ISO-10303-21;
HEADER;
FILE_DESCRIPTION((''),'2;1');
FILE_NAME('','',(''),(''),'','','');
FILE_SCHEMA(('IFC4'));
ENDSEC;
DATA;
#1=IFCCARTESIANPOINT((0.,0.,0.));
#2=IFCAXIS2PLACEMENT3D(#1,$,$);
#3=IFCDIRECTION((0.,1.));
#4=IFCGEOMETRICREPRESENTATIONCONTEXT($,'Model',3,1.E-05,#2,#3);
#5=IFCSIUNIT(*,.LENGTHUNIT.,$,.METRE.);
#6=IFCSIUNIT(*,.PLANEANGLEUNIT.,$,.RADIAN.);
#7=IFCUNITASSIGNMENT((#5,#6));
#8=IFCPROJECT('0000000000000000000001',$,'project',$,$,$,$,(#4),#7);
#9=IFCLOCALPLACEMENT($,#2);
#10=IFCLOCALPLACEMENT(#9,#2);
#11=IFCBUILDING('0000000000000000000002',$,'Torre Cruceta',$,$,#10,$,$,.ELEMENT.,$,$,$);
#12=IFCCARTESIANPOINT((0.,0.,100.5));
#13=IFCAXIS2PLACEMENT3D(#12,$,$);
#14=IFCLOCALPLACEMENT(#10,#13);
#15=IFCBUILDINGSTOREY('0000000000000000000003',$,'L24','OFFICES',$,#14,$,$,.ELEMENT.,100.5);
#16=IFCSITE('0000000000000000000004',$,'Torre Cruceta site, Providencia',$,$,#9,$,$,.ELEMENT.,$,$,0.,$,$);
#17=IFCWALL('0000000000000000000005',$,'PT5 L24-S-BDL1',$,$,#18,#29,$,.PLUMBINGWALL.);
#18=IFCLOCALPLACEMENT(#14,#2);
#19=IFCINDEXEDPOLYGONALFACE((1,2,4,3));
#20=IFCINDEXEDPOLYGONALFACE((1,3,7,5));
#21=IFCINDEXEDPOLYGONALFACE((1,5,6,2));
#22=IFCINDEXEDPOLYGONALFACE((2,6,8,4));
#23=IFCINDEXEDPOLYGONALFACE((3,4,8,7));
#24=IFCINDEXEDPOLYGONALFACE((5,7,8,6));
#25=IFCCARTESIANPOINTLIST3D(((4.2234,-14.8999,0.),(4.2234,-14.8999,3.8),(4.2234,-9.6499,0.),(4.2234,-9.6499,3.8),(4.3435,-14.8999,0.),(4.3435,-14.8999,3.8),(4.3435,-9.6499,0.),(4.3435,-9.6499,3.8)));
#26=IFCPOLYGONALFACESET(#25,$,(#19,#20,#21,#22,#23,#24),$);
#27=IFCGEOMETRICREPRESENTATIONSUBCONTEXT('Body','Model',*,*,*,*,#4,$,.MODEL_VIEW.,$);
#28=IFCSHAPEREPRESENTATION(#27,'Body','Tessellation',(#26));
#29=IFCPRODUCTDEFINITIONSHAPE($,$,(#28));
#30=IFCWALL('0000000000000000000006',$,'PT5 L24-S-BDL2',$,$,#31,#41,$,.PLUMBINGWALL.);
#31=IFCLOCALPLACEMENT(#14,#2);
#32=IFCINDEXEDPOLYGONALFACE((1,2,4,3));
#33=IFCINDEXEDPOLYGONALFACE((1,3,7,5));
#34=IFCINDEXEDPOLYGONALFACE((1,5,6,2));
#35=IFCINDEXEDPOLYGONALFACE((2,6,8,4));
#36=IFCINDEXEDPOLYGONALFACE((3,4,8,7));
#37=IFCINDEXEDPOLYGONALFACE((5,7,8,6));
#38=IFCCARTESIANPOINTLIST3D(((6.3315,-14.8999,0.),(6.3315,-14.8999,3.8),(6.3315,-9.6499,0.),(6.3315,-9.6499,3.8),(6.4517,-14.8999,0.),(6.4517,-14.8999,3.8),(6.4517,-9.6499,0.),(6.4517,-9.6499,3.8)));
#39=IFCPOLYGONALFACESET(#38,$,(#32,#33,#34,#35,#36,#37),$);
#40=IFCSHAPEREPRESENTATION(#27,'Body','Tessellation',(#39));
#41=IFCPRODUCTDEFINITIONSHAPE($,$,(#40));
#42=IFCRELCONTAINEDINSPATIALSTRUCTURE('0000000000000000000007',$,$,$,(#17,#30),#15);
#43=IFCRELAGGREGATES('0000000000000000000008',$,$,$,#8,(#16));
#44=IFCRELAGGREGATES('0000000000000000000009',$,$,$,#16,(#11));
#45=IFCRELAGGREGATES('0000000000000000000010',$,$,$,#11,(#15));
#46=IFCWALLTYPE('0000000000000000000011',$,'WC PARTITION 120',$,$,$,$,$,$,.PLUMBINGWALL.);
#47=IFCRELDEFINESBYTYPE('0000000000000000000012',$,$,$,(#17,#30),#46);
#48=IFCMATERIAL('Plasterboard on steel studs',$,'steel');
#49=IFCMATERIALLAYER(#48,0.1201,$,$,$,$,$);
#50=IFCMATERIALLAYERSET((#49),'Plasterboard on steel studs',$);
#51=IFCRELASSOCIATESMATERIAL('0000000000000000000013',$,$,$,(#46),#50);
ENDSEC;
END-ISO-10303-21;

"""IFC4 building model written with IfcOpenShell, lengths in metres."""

from ifc_helpers import new_model, si_unit, direction, frame, frame_2d, origin, place, context, subcontext, project, spatial, rectangle, extrude, material, layer, layer_set, type_object, element, save


model = new_model("IFC4")

# Units and contexts
model_context = context("Model", 3, precision=1e-05, world=origin(), true_north=direction((0.0, 1.0)))
body_context = subcontext(model_context, "Body", "Model", "MODEL_VIEW")
ifc_project = project(units=[si_unit("LENGTHUNIT", "METRE"), si_unit("PLANEANGLEUNIT", "RADIAN")], contexts=[model_context])

# Site, building, storey
site_placement = place(None, origin())
site = spatial("IfcSite", under=ifc_project, at=site_placement, Name="Torre Cruceta site, Providencia", CompositionType="ELEMENT", RefElevation=0.0)
building_placement = place(site_placement, origin())
building = spatial("IfcBuilding", under=site, at=building_placement, Name="Torre Cruceta", CompositionType="ELEMENT")
storey_placement = place(building_placement, frame((0.0, 0.0, 100.5)))
storey = spatial("IfcBuildingStorey", under=building, at=storey_placement, Name="L24", Description="OFFICES", CompositionType="ELEMENT", Elevation=100.5)

# Walls
ifc_material_1 = material(Name="Plasterboard on steel studs", Category="steel")
ifc_layer_1 = layer(ifc_material_1, 0.1201)
ifc_layer_set_1 = layer_set([ifc_layer_1], Name="Plasterboard on steel studs")
wall_type_1 = type_object("IfcWallType", Name="WC PARTITION 120", PredefinedType="PLUMBINGWALL", material=ifc_layer_set_1)
for number, where, z_axis, x_axis, name in (
    (1, (4.2834, -9.6499, 0.0), (0.0, 0.0, 1.0), (0.0, -1.0, 0.0), "PT5 L24-S-BDL1"),
    (2, (6.3916, -9.6499, 0.0), (0.0, 0.0, 1.0), (0.0, -1.0, 0.0), "PT5 L24-S-BDL2"),
):
    element("IfcWall", number, at=place(storey_placement, frame(where, z_axis=z_axis, x_axis=x_axis)), inside=storey, type_object=wall_type_1, Name=name, PredefinedType="PLUMBINGWALL", context=body_context, shape_type="SweptSolid", body=[
        extrude(rectangle(XDim=5.25, YDim=0.1201, at=frame_2d((2.625, 0.0))), origin(), (0.0, 0.0, 1.0), 3.8),
    ])

save(model, "model.ifc")
